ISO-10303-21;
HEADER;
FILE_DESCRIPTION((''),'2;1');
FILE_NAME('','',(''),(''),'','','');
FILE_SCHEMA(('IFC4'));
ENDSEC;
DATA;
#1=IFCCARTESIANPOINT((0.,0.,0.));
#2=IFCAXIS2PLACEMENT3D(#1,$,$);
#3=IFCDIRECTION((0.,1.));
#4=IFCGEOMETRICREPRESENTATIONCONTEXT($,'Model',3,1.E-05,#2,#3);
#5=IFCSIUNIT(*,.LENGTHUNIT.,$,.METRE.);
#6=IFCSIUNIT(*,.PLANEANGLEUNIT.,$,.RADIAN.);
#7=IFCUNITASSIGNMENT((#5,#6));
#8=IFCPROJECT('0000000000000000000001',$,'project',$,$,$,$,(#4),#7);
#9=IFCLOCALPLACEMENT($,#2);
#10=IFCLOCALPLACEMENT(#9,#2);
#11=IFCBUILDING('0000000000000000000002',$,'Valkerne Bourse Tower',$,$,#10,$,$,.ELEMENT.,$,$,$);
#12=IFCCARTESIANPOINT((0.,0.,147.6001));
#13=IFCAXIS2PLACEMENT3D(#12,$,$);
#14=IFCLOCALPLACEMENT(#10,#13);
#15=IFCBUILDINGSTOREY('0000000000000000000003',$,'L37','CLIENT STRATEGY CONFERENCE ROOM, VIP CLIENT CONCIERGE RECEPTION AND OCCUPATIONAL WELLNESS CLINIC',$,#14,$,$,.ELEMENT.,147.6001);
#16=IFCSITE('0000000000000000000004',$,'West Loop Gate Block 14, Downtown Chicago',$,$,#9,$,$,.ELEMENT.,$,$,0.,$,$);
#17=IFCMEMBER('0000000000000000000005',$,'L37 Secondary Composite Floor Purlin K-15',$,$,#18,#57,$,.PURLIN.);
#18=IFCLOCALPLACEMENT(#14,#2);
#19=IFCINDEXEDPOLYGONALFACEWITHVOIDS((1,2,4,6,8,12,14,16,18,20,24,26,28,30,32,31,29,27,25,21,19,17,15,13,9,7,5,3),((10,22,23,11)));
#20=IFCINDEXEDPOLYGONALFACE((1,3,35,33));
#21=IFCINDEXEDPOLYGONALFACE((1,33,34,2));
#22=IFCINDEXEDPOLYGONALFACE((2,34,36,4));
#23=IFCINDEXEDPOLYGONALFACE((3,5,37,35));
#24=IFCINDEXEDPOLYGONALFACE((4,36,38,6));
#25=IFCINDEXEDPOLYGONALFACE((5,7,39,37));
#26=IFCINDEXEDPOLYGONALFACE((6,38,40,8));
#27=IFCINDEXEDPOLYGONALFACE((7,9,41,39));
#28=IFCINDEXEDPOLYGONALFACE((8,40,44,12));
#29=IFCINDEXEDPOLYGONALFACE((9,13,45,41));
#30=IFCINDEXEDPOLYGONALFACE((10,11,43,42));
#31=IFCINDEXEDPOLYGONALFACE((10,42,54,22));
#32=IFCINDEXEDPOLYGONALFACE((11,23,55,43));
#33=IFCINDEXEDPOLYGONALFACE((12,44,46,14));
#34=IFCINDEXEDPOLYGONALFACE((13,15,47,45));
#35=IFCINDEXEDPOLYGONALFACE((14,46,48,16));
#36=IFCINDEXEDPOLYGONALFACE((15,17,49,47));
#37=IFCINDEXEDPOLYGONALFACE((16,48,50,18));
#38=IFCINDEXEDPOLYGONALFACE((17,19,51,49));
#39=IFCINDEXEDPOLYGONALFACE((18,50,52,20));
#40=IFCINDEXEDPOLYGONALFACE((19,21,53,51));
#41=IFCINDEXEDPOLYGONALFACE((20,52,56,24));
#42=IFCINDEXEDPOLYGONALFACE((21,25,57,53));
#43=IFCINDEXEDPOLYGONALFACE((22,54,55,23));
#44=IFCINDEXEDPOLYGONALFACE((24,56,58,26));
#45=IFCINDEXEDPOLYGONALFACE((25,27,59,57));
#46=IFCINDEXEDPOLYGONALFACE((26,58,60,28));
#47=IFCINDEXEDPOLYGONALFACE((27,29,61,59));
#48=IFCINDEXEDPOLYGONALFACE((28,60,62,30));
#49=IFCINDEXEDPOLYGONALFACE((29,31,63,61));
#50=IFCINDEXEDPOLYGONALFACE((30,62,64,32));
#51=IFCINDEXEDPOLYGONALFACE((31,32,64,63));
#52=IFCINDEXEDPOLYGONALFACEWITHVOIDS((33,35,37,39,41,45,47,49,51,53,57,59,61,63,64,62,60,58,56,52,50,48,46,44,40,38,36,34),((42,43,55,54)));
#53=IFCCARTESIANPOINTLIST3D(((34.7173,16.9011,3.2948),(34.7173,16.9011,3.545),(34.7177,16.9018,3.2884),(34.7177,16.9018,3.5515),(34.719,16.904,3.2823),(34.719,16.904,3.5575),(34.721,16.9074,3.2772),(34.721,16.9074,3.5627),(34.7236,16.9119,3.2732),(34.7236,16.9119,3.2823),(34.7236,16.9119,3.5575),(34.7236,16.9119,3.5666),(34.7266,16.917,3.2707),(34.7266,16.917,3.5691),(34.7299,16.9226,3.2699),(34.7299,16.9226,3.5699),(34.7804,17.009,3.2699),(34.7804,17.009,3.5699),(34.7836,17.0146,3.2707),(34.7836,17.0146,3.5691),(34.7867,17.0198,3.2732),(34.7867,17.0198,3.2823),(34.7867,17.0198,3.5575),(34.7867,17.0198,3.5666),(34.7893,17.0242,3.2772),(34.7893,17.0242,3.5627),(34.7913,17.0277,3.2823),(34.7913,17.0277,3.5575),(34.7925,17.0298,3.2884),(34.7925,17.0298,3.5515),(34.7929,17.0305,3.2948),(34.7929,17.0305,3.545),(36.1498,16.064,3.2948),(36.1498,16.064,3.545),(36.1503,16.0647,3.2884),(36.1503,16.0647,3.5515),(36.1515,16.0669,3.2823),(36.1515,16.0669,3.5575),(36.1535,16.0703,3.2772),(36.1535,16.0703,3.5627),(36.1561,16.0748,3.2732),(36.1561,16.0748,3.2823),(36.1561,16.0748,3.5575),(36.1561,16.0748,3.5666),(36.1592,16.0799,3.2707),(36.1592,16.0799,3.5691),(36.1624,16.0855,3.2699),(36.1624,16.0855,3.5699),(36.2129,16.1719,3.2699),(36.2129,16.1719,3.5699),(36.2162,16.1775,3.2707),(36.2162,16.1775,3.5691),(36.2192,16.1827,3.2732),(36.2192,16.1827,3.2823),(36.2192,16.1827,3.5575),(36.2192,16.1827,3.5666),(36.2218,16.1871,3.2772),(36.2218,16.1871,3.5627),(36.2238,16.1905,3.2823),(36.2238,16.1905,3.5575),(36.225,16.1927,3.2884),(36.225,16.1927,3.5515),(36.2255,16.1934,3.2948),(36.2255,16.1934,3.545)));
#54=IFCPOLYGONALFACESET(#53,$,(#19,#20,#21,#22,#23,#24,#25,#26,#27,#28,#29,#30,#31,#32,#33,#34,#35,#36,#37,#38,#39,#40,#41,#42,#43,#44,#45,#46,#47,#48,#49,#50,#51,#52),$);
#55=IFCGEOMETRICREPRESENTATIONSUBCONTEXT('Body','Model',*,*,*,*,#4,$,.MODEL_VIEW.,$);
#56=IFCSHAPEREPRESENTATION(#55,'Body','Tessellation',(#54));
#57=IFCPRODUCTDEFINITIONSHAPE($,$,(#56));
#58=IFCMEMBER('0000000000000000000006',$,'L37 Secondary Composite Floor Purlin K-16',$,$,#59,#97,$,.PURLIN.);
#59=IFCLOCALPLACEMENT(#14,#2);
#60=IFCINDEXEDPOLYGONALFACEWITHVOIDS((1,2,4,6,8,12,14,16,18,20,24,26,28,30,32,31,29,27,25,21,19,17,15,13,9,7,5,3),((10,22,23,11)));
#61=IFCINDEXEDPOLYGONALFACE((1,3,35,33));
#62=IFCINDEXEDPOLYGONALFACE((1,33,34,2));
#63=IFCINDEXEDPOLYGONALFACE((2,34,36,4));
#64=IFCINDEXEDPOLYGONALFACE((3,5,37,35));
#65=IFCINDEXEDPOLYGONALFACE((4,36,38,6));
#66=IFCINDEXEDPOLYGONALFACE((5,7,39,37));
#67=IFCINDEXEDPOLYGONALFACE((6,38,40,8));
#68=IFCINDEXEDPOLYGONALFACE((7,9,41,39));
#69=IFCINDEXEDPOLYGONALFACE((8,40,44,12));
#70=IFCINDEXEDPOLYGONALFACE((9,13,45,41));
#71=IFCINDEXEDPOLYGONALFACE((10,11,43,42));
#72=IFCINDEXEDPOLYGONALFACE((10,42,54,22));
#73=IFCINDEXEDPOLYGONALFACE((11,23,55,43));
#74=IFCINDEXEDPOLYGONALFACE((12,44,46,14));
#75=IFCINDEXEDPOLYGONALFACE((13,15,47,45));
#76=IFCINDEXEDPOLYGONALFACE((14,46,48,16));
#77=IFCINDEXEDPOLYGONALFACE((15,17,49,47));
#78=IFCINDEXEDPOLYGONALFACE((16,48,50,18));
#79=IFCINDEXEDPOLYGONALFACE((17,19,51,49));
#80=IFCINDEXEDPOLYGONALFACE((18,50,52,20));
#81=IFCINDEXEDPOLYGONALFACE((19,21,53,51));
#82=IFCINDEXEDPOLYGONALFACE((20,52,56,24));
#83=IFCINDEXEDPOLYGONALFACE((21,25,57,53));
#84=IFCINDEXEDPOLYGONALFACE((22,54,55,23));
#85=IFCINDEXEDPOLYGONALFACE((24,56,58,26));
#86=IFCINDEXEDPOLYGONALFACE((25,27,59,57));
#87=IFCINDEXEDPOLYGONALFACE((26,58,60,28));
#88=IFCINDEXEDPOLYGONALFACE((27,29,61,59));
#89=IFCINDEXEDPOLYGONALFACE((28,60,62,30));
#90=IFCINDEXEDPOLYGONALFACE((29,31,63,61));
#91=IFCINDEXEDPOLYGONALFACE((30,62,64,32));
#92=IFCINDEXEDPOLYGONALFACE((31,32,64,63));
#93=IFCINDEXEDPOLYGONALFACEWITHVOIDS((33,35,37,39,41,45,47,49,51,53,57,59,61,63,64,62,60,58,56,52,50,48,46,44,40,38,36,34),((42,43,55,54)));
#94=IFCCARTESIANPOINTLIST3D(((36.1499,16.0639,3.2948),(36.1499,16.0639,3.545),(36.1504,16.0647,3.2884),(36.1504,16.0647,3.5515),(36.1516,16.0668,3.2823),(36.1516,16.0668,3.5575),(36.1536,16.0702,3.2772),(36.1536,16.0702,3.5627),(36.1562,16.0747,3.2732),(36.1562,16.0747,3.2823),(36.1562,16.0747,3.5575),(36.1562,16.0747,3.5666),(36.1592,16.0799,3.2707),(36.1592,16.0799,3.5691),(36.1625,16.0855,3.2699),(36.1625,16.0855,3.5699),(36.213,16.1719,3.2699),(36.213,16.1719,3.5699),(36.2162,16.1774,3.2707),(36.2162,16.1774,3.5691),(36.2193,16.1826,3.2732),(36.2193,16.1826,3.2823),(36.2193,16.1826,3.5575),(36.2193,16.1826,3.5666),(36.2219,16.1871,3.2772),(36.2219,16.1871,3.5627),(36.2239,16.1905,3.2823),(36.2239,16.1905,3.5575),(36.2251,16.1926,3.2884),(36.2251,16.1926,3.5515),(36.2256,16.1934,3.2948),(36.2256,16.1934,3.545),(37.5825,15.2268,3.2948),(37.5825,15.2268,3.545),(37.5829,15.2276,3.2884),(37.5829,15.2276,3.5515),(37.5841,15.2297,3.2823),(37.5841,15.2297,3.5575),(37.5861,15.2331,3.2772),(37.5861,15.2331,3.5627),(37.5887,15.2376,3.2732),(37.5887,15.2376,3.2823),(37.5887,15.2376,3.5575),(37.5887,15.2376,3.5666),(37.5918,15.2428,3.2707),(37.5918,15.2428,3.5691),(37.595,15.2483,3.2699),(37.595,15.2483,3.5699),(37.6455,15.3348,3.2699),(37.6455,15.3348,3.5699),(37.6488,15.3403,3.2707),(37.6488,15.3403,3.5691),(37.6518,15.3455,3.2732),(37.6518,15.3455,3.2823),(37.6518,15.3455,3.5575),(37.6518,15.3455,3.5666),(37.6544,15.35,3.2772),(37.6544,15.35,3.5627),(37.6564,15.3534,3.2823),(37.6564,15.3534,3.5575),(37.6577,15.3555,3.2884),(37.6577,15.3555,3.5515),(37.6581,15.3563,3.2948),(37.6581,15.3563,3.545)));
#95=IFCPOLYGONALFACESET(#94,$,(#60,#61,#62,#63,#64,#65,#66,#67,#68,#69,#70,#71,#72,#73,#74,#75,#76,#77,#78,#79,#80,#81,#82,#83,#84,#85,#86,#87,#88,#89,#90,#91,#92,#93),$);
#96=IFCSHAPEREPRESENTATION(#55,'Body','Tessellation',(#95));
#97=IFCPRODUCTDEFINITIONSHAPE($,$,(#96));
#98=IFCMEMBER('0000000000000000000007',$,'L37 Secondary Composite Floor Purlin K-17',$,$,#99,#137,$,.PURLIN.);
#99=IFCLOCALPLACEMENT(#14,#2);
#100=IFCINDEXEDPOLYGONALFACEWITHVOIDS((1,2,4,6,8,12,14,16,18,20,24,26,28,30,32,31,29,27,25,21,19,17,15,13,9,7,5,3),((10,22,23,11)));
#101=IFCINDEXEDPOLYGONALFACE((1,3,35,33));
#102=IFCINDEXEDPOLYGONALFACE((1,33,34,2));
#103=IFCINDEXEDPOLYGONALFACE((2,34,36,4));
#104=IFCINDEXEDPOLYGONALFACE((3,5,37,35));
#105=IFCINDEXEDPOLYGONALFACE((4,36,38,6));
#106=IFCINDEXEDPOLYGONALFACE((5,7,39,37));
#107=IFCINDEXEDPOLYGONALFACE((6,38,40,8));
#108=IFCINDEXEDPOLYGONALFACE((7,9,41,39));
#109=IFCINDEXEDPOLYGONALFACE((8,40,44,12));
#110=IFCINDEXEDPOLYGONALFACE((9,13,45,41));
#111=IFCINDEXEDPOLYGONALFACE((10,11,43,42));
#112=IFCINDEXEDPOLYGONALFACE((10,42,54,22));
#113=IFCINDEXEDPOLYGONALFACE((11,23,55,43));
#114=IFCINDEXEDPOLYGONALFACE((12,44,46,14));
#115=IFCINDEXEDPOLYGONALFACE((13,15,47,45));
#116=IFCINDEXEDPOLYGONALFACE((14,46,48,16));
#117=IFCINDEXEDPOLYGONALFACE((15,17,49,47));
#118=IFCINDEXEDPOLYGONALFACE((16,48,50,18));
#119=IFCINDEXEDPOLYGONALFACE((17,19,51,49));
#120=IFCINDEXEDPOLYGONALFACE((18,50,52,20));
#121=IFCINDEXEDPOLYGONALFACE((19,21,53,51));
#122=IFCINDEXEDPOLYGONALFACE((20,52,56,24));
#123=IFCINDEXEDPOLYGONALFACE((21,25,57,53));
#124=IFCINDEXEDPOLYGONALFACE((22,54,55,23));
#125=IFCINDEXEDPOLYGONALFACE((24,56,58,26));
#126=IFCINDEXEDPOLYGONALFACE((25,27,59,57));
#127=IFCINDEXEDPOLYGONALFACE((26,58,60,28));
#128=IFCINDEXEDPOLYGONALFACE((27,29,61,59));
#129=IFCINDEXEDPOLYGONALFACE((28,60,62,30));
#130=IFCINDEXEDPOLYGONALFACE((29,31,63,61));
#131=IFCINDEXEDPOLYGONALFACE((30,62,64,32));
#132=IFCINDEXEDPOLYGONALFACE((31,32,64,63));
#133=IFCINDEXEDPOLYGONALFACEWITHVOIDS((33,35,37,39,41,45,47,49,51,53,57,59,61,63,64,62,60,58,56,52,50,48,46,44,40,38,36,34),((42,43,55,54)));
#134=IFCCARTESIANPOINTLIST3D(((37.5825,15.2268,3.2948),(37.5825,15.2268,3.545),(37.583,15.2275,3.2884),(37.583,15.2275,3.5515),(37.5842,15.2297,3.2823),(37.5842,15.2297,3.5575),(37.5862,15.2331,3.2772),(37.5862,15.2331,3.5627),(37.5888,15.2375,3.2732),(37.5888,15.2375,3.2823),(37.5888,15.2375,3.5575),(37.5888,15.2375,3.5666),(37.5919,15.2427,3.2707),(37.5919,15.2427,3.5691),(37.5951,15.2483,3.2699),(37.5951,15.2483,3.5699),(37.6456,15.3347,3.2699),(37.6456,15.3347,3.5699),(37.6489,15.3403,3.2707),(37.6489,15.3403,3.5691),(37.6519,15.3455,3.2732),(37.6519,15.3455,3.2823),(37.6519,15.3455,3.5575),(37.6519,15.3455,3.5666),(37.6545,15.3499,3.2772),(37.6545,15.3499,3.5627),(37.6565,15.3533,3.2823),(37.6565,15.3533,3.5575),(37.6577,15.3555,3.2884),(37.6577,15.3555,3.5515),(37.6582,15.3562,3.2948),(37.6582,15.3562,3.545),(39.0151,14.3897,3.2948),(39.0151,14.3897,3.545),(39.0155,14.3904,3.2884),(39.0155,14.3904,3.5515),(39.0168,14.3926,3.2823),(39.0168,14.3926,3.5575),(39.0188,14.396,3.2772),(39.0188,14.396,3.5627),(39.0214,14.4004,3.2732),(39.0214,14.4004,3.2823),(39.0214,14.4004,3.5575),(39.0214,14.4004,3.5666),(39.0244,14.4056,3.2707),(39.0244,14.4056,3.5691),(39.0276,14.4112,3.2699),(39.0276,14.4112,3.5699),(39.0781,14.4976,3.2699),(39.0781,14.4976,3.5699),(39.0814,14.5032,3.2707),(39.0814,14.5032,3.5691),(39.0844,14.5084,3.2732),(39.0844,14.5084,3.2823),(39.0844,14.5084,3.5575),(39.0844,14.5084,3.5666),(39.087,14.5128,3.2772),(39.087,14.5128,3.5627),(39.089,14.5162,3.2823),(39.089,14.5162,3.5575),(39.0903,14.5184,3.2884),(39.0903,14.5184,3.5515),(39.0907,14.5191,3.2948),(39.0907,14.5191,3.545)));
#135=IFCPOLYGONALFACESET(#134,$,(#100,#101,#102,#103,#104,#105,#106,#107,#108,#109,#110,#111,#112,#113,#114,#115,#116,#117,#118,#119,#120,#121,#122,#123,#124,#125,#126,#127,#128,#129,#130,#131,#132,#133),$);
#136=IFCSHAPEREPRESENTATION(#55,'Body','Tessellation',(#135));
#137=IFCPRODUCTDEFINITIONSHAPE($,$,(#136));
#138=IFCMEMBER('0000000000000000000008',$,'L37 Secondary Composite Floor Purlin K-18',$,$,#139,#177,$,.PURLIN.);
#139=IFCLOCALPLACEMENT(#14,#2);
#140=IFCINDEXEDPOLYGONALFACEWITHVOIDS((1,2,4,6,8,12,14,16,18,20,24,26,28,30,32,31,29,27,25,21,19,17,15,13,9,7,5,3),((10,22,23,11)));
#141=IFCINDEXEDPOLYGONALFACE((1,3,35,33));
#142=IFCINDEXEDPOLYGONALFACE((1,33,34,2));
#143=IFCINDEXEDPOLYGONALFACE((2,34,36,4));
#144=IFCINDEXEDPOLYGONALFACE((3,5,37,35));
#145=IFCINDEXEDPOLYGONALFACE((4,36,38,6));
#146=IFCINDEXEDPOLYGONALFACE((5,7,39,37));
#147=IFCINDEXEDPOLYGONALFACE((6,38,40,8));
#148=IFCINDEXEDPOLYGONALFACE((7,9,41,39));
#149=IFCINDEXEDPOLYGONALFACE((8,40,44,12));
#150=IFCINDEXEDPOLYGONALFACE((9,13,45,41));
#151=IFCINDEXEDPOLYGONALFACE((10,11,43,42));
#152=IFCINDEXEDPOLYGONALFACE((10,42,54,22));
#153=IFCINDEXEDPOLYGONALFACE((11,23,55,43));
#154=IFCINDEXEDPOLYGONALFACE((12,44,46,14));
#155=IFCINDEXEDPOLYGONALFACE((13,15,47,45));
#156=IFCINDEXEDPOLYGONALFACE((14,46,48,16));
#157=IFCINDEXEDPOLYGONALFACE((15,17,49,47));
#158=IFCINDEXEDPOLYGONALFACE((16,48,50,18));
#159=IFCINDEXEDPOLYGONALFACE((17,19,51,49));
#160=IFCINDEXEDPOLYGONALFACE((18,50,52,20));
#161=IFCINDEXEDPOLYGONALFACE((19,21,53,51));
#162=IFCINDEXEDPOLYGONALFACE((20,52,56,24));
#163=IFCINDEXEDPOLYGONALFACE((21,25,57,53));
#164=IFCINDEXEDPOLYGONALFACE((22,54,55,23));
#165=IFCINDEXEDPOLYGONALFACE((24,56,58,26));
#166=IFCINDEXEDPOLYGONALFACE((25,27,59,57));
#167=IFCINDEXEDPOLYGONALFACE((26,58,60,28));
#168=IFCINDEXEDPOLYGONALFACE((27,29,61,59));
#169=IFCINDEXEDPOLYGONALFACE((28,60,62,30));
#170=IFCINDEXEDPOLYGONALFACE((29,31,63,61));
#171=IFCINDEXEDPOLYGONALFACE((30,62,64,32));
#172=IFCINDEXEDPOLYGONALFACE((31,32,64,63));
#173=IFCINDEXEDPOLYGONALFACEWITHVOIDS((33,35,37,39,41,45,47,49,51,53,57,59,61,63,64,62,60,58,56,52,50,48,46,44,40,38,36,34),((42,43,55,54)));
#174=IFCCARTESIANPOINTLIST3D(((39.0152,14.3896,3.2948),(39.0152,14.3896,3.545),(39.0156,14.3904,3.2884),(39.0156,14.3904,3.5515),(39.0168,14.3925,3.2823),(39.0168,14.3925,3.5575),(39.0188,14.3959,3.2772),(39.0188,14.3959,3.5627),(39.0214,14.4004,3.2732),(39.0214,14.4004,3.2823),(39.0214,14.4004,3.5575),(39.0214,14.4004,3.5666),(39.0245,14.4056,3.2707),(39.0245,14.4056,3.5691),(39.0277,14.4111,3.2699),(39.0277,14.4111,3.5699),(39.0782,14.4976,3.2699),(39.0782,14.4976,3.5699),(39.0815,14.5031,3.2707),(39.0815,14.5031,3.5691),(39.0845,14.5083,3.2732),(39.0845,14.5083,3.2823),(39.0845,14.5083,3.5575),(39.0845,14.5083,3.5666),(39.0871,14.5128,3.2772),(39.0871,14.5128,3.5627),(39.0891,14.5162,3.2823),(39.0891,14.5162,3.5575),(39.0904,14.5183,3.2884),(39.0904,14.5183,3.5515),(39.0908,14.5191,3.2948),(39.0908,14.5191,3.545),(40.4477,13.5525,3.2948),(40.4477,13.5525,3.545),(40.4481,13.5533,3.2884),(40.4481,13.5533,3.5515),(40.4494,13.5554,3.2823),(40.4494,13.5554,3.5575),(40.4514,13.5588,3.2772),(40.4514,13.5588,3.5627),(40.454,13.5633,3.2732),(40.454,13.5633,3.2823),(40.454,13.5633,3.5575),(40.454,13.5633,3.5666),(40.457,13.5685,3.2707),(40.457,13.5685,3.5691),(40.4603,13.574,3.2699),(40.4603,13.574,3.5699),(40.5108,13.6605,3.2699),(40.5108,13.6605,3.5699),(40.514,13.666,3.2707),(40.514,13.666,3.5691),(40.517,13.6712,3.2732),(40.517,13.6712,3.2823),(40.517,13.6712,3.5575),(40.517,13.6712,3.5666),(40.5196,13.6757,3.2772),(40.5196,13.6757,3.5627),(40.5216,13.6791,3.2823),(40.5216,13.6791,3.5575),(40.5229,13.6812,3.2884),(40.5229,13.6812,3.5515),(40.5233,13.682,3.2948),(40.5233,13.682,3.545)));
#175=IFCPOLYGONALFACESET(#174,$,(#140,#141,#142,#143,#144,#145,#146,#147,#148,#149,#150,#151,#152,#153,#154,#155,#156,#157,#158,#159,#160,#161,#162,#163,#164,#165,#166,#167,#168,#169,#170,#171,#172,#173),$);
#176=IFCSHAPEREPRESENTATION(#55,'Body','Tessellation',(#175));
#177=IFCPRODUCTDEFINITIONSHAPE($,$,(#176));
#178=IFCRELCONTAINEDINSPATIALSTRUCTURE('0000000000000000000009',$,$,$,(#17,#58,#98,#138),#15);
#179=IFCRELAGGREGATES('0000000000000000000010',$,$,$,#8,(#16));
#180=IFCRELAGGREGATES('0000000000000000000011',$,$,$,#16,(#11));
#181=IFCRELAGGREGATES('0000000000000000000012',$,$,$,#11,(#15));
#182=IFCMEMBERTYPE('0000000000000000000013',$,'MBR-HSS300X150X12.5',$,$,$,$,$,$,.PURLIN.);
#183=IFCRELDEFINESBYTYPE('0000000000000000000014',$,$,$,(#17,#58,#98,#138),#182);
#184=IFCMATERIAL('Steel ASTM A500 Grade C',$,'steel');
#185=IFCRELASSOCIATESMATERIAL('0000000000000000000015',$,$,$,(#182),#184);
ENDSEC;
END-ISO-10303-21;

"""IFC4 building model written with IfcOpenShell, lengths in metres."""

from ifc_helpers import new_model, si_unit, direction, frame, origin, origin_2d, place, context, subcontext, project, spatial, hollow_rectangle, extrude, material, material_profile, profile_set, type_object, element, save


model = new_model("IFC4")

# Units and contexts
model_context = context("Model", 3, precision=1e-05, world=origin(), true_north=direction((0.0, 1.0)))
body_context = subcontext(model_context, "Body", "Model", "MODEL_VIEW")
ifc_project = project(units=[si_unit("LENGTHUNIT", "METRE"), si_unit("PLANEANGLEUNIT", "RADIAN")], contexts=[model_context])

# Site, building, storey
site_placement = place(None, origin())
site = spatial("IfcSite", under=ifc_project, at=site_placement, Name="West Loop Gate Block 14, Downtown Chicago", CompositionType="ELEMENT", RefElevation=0.0)
building_placement = place(site_placement, origin())
building = spatial("IfcBuilding", under=site, at=building_placement, Name="Valkerne Bourse Tower", CompositionType="ELEMENT")
storey_placement = place(building_placement, frame((0.0, 0.0, 147.6001)))
storey = spatial("IfcBuildingStorey", under=building, at=storey_placement, Name="L37", Description="CLIENT STRATEGY CONFERENCE ROOM, VIP CLIENT CONCIERGE RECEPTION AND OCCUPATIONAL WELLNESS CLINIC", CompositionType="ELEMENT", Elevation=147.6001)

# Members
ifc_material_1 = material(Name="Steel ASTM A500 Grade C", Category="steel")
ifc_material_profile_1 = material_profile(ifc_material_1, hollow_rectangle(XDim=0.1499, YDim=0.3, WallThickness=0.0125, OuterFilletRadius=0.0249, at=origin_2d()), Name="HSS300X150X12.5")
ifc_profile_set_1 = profile_set([ifc_material_profile_1], Name="Steel ASTM A500 Grade C")
member_type_1 = type_object("IfcMemberType", Name="MBR-HSS300X150X12.5", PredefinedType="PURLIN", material=ifc_profile_set_1)
for number, where, z_axis, x_axis, name in (
    (1, (34.7551, 16.9658, 3.4199), (0.863394, -0.50453, 0.0), (0.50453, 0.863394, 0.0), "L37 Secondary Composite Floor Purlin K-15"),
    (2, (36.1877, 16.1287, 3.4199), (0.863394, -0.50453, 0.0), (0.50453, 0.863394, 0.0), "L37 Secondary Composite Floor Purlin K-16"),
    (3, (37.6204, 15.2915, 3.4199), (0.863394, -0.50453, 0.0), (0.50453, 0.863394, 0.0), "L37 Secondary Composite Floor Purlin K-17"),
    (4, (39.053, 14.4543, 3.4199), (0.863394, -0.50453, 0.0), (0.50453, 0.863394, 0.0), "L37 Secondary Composite Floor Purlin K-18"),
):
    element("IfcMember", number, at=place(storey_placement, frame(where, z_axis=z_axis, x_axis=x_axis)), inside=storey, type_object=member_type_1, Name=name, PredefinedType="PURLIN", context=body_context, shape_type="SweptSolid", body=[
        extrude(hollow_rectangle(XDim=0.1499, YDim=0.3, WallThickness=0.0125, OuterFilletRadius=0.0249, at=origin_2d()), origin(), (0.0, 0.0, 1.0), 1.6592),
    ])

save(model, "model.ifc")
